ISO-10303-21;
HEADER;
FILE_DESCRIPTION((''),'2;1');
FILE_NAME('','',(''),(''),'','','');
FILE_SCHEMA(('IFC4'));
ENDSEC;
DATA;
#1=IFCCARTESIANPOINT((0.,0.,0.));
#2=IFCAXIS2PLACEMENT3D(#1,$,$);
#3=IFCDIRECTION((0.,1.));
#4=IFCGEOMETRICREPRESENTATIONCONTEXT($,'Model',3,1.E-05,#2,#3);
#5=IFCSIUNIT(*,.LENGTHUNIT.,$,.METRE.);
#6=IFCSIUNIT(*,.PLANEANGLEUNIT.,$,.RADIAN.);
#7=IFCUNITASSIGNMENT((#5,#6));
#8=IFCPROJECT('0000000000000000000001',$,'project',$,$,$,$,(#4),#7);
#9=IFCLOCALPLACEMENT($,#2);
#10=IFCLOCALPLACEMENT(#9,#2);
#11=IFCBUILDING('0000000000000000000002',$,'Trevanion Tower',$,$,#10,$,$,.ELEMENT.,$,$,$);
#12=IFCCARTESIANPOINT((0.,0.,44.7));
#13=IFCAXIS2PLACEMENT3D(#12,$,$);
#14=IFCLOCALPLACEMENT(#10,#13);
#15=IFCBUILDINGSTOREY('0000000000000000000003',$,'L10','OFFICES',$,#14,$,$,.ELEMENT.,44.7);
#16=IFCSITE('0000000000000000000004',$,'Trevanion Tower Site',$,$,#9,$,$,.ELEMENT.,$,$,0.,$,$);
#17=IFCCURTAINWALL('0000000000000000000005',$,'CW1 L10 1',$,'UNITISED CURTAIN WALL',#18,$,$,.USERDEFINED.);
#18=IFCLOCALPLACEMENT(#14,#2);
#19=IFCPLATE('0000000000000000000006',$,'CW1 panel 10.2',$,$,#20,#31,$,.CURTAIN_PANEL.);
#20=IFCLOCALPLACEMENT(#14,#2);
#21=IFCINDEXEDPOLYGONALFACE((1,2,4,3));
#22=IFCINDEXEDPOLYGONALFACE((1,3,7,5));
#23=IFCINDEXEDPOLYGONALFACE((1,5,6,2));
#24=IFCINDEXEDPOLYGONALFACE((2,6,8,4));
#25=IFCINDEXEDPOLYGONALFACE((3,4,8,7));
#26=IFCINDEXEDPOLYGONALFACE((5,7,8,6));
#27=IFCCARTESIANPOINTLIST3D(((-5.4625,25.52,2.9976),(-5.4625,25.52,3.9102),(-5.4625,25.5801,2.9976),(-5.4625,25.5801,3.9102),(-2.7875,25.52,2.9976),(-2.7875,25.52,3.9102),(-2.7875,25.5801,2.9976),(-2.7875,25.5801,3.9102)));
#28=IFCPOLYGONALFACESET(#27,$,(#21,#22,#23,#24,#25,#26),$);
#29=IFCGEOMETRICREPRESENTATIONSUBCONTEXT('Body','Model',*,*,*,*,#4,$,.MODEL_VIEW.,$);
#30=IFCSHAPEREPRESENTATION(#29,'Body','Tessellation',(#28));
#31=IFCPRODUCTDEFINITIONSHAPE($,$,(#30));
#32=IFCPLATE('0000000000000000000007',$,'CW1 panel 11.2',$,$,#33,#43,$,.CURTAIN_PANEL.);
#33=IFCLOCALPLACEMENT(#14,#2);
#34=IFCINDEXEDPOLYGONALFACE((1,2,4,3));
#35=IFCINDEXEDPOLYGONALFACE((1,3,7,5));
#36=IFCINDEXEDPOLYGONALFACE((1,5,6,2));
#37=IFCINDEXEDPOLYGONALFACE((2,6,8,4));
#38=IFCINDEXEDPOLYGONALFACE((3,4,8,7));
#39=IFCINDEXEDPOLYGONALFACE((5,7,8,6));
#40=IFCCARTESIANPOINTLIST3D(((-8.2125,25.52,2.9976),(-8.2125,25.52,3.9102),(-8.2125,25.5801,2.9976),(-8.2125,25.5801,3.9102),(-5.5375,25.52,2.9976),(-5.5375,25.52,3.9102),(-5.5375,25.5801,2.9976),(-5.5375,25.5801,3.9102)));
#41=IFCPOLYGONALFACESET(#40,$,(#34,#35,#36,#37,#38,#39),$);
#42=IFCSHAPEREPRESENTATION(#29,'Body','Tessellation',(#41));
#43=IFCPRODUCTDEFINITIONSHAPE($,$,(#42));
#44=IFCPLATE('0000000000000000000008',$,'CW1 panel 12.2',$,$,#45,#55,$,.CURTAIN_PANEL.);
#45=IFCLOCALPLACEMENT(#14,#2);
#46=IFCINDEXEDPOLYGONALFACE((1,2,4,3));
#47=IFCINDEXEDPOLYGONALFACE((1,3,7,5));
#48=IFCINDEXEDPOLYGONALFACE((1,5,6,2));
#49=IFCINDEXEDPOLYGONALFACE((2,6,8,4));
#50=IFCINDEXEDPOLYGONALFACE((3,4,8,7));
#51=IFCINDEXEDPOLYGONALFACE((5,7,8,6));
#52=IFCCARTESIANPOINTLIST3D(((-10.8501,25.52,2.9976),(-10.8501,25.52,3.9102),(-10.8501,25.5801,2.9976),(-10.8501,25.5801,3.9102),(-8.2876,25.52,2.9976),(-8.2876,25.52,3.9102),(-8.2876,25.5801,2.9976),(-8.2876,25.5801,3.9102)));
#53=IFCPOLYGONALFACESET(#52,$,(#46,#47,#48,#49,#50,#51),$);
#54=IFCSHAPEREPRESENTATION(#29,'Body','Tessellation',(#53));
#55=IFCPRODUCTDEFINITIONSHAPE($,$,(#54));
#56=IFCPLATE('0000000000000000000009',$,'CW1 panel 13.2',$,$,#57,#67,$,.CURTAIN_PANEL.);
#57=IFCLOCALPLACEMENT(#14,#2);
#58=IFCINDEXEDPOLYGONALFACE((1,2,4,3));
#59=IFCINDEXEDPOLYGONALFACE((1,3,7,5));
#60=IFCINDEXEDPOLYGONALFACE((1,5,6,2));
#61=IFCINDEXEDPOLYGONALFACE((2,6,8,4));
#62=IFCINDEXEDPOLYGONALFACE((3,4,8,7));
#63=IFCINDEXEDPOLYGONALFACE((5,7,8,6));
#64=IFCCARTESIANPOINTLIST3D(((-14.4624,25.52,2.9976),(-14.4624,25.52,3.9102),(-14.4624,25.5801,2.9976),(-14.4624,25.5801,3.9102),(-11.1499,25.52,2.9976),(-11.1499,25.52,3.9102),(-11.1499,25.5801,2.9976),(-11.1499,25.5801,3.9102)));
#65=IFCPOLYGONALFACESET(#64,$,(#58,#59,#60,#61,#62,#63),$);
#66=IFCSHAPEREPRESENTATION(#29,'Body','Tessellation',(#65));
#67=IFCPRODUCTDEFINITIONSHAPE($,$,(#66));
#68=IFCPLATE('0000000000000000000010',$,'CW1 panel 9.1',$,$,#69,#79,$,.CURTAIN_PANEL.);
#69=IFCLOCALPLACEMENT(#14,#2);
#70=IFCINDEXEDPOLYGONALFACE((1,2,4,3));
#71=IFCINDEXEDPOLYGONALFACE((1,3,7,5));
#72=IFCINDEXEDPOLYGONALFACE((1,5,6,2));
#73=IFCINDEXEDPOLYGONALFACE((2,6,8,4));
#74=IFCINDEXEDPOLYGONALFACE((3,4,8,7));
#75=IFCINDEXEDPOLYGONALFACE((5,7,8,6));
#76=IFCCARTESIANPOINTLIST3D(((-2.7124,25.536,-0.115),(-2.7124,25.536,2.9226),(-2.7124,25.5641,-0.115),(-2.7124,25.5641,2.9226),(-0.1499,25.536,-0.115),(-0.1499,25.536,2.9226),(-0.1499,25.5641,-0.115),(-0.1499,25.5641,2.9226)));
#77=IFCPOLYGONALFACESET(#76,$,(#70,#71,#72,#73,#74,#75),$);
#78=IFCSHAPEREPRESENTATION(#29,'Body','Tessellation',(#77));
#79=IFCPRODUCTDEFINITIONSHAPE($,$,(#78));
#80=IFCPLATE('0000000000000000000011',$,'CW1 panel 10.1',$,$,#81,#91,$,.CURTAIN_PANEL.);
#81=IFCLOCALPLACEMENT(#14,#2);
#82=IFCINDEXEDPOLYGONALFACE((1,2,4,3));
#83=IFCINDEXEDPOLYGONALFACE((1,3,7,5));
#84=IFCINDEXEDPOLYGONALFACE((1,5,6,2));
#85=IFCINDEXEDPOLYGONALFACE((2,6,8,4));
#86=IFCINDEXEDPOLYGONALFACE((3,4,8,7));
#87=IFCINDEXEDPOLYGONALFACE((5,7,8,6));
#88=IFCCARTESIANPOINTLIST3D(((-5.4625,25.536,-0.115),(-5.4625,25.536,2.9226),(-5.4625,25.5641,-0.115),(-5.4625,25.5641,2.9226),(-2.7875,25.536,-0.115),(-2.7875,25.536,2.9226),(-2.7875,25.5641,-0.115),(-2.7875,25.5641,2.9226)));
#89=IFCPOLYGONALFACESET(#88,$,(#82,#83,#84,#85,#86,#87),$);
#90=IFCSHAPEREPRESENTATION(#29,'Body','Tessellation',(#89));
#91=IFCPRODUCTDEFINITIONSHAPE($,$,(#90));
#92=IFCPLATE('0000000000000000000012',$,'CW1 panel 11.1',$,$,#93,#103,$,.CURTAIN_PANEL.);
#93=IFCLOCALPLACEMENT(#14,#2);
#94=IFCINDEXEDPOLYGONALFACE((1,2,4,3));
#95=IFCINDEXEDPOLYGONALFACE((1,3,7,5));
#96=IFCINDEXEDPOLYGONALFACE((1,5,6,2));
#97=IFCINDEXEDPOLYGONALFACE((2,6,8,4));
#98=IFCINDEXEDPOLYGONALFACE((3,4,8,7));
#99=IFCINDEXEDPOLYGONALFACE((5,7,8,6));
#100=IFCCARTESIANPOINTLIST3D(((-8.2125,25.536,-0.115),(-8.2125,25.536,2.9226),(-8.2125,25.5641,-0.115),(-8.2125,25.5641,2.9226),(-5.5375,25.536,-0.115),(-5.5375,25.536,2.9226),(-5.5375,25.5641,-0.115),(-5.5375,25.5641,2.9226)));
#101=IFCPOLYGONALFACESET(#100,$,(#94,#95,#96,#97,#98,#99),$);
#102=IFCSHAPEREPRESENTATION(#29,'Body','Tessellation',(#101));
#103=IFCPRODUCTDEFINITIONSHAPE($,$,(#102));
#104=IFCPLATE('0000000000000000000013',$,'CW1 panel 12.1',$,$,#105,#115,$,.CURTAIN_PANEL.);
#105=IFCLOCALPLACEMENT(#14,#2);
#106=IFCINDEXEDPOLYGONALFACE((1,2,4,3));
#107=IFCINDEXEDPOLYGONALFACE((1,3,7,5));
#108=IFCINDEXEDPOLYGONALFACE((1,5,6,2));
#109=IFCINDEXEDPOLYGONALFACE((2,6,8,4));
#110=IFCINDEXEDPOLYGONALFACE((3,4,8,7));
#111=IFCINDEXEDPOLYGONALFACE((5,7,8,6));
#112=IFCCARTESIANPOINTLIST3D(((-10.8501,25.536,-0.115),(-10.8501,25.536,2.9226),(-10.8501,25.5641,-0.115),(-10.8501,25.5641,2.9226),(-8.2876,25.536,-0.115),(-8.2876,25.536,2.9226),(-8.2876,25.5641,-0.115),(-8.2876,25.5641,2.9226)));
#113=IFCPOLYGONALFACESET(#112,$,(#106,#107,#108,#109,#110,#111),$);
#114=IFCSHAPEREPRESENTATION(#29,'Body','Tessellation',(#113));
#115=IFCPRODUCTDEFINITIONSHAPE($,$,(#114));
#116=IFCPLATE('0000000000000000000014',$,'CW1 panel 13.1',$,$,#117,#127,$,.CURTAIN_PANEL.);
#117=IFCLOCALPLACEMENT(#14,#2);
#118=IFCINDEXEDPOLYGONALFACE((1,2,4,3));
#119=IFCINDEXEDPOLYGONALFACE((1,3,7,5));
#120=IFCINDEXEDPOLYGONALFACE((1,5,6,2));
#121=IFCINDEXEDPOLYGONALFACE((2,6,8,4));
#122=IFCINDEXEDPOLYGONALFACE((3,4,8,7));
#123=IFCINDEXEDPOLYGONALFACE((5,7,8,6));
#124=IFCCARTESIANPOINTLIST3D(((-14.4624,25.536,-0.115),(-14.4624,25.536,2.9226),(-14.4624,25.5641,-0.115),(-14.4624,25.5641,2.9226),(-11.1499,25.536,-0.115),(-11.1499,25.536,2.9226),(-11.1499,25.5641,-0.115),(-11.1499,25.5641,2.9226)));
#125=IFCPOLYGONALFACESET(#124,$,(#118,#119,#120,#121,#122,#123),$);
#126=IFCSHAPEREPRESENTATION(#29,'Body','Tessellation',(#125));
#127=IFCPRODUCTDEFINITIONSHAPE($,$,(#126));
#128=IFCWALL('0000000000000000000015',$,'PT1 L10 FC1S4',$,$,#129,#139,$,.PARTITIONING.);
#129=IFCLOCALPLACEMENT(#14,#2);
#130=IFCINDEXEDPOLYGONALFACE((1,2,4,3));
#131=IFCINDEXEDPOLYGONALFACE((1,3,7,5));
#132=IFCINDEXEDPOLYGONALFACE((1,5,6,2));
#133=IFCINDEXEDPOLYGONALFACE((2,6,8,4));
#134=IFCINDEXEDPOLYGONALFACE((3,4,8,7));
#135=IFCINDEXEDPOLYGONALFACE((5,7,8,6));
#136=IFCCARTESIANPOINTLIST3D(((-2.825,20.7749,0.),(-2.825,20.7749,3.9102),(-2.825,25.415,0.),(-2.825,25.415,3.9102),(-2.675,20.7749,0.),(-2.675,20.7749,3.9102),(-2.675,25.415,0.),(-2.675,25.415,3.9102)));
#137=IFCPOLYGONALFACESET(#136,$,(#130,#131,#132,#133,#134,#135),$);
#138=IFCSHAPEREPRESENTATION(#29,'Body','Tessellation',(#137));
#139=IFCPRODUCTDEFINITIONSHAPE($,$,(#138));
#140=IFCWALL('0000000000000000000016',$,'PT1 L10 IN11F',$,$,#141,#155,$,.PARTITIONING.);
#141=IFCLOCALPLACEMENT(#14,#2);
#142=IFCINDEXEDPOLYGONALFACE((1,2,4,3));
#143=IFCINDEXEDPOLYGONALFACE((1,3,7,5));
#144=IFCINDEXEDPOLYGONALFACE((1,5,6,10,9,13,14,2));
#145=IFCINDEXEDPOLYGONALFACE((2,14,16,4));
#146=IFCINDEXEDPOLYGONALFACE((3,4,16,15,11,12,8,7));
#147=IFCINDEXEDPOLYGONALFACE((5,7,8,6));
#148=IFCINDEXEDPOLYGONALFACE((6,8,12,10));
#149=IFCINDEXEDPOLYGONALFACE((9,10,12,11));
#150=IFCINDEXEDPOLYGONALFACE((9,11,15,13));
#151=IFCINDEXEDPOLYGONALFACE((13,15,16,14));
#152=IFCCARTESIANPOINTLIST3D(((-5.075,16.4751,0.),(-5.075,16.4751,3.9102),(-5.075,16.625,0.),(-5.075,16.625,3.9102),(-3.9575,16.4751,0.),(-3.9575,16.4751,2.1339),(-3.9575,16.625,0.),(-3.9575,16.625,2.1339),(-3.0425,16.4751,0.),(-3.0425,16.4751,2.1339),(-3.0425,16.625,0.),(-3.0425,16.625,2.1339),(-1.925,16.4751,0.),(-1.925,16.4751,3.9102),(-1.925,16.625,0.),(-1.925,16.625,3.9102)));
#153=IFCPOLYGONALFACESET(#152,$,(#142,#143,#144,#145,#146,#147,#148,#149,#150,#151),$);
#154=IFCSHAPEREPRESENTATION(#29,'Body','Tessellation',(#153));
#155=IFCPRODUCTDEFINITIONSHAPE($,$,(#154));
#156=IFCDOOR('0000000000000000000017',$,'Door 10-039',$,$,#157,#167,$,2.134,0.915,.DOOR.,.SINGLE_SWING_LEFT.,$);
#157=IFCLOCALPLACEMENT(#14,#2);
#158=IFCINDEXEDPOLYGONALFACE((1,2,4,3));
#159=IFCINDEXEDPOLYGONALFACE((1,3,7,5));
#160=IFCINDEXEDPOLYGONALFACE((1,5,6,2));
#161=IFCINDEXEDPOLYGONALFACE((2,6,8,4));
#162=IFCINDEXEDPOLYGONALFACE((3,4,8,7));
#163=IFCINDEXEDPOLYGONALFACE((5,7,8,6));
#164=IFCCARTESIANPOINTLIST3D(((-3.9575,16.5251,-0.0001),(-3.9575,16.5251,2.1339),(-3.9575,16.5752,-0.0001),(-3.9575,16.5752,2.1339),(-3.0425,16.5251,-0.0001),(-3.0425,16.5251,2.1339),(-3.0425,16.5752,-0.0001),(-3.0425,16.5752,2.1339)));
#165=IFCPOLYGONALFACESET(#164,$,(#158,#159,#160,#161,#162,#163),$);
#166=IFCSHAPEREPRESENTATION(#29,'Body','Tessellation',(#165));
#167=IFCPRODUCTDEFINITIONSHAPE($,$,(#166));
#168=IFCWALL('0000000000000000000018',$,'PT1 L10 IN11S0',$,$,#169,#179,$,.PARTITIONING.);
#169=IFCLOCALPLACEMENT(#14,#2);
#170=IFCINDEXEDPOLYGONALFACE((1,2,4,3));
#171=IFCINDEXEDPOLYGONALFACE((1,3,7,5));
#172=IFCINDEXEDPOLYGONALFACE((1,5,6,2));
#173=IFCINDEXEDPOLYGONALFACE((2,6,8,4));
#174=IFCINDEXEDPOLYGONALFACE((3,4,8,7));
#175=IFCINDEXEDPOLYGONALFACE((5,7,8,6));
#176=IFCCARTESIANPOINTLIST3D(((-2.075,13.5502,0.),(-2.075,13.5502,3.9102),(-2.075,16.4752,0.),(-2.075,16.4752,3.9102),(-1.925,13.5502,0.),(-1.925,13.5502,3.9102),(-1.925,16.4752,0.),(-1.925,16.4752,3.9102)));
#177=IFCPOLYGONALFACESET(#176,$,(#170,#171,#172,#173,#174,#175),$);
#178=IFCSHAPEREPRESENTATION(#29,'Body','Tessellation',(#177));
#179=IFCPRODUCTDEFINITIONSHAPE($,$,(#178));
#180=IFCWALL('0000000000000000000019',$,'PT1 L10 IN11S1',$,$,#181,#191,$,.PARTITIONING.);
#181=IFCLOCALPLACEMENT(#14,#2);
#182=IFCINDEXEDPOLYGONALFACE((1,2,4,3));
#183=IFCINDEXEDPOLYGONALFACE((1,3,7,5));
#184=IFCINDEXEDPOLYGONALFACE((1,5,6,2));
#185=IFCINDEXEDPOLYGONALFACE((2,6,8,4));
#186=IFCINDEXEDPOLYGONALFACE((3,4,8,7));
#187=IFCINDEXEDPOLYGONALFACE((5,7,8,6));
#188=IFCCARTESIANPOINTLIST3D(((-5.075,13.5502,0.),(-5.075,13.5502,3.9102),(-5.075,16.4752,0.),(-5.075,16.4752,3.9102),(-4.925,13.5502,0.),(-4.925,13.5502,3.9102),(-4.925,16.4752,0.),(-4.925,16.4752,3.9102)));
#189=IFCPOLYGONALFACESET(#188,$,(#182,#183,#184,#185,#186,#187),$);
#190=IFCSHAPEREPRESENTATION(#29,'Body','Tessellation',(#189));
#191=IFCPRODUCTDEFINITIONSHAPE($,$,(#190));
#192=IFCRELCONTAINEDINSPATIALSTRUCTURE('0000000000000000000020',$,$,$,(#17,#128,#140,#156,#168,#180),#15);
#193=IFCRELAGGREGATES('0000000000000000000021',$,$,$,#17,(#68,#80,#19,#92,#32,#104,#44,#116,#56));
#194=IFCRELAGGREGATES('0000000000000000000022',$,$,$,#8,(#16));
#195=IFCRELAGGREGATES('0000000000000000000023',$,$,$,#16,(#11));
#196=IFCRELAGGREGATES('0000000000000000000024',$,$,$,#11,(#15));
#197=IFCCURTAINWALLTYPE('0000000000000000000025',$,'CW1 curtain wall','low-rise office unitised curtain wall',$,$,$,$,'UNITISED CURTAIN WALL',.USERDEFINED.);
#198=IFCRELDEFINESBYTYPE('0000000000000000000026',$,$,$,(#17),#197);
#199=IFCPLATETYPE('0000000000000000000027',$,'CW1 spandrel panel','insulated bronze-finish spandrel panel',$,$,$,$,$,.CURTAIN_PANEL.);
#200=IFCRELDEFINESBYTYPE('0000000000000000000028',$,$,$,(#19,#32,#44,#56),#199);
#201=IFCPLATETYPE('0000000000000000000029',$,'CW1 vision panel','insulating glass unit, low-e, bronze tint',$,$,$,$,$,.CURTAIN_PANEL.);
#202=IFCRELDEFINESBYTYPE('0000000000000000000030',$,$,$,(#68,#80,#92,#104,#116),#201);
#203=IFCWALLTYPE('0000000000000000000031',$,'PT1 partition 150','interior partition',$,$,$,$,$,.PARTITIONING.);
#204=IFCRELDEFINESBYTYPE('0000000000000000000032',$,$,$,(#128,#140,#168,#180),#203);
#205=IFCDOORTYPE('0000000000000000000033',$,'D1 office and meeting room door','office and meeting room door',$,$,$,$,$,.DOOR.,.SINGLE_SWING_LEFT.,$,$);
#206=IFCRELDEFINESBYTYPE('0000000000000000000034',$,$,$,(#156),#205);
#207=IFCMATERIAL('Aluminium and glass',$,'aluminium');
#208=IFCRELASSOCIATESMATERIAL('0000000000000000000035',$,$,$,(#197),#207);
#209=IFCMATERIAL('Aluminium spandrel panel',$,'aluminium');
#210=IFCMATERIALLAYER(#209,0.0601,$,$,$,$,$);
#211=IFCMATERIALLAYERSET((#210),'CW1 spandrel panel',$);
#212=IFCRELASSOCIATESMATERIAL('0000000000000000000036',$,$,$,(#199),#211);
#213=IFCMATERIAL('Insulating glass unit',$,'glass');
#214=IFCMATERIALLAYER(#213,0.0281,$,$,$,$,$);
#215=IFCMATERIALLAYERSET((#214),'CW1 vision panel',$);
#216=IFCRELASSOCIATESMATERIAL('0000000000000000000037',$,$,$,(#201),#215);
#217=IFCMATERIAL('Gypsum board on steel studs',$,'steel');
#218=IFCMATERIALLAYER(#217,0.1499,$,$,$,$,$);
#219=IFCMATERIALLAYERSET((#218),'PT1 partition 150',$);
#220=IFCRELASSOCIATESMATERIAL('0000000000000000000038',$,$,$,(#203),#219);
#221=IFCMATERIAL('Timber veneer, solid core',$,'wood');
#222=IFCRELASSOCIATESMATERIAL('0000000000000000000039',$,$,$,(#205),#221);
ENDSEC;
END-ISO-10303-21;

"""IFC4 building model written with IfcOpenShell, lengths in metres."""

from ifc_helpers import new_model, si_unit, direction, frame, frame_2d, origin, origin_2d, place, context, subcontext, project, spatial, rectangle, extrude, material, layer, layer_set, type_object, element, fill, aggregate, save


model = new_model("IFC4")

# Units and contexts
model_context = context("Model", 3, precision=1e-05, world=origin(), true_north=direction((0.0, 1.0)))
body_context = subcontext(model_context, "Body", "Model", "MODEL_VIEW")
ifc_project = project(units=[si_unit("LENGTHUNIT", "METRE"), si_unit("PLANEANGLEUNIT", "RADIAN")], contexts=[model_context])

# Site, building, storey
site_placement = place(None, origin())
site = spatial("IfcSite", under=ifc_project, at=site_placement, Name="Trevanion Tower Site", CompositionType="ELEMENT", RefElevation=0.0)
building_placement = place(site_placement, origin())
building = spatial("IfcBuilding", under=site, at=building_placement, Name="Trevanion Tower", CompositionType="ELEMENT")
storey_placement = place(building_placement, frame((0.0, 0.0, 44.7)))
storey = spatial("IfcBuildingStorey", under=building, at=storey_placement, Name="L10", Description="OFFICES", CompositionType="ELEMENT", Elevation=44.7)

# Curtain wall
ifc_material_1 = material(Name="Aluminium and glass", Category="aluminium")
curtain_wall_type = type_object("IfcCurtainWallType", Name="CW1 curtain wall", Description="low-rise office unitised curtain wall", ElementType="UNITISED CURTAIN WALL", PredefinedType="USERDEFINED", material=ifc_material_1)
curtain_wall_placement = place(storey_placement, origin())
curtain_wall = element("IfcCurtainWall", 1, at=curtain_wall_placement, inside=storey, type_object=curtain_wall_type, Name="CW1 L10 1", ObjectType="UNITISED CURTAIN WALL", PredefinedType="USERDEFINED")

# Plates
ifc_material_2 = material(Name="Aluminium spandrel panel", Category="aluminium")
ifc_layer_1 = layer(ifc_material_2, 0.0601)
ifc_layer_set_1 = layer_set([ifc_layer_1], Name="CW1 spandrel panel")
plate_type_1 = type_object("IfcPlateType", Name="CW1 spandrel panel", Description="insulated bronze-finish spandrel panel", PredefinedType="CURTAIN_PANEL", material=ifc_layer_set_1)
plate_1_placement = place(storey_placement, frame((-4.125, 25.55, 2.9976), z_axis=(0.0, 0.0, 1.0), x_axis=(-1.0, 0.0, 0.0)))
plate_1 = element("IfcPlate", 2, at=plate_1_placement, type_object=plate_type_1, Name="CW1 panel 10.2", PredefinedType="CURTAIN_PANEL", context=body_context, shape_type="SweptSolid", body=[
    extrude(rectangle(XDim=2.675, YDim=0.0601, at=origin_2d()), origin(), (0.0, 0.0, 1.0), 0.9126),
])
plate_2_placement = place(storey_placement, frame((-6.875, 25.55, 2.9976), z_axis=(0.0, 0.0, 1.0), x_axis=(-1.0, 0.0, 0.0)))
plate_2 = element("IfcPlate", 3, at=plate_2_placement, type_object=plate_type_1, Name="CW1 panel 11.2", PredefinedType="CURTAIN_PANEL", context=body_context, shape_type="SweptSolid", body=[
    extrude(rectangle(XDim=2.675, YDim=0.0601, at=origin_2d()), origin(), (0.0, 0.0, 1.0), 0.9126),
])
plate_3_placement = place(storey_placement, frame((-9.5688, 25.55, 2.9976), z_axis=(0.0, 0.0, 1.0), x_axis=(-1.0, 0.0, 0.0)))
plate_3 = element("IfcPlate", 4, at=plate_3_placement, type_object=plate_type_1, Name="CW1 panel 12.2", PredefinedType="CURTAIN_PANEL", context=body_context, shape_type="SweptSolid", body=[
    extrude(rectangle(XDim=2.5625, YDim=0.0601, at=origin_2d()), origin(), (0.0, 0.0, 1.0), 0.9126),
])
plate_4_placement = place(storey_placement, frame((-12.8062, 25.55, 2.9976), z_axis=(0.0, 0.0, 1.0), x_axis=(-1.0, 0.0, 0.0)))
plate_4 = element("IfcPlate", 5, at=plate_4_placement, type_object=plate_type_1, Name="CW1 panel 13.2", PredefinedType="CURTAIN_PANEL", context=body_context, shape_type="SweptSolid", body=[
    extrude(rectangle(XDim=3.3125, YDim=0.0601, at=origin_2d()), origin(), (0.0, 0.0, 1.0), 0.9126),
])
ifc_material_3 = material(Name="Insulating glass unit", Category="glass")
ifc_layer_2 = layer(ifc_material_3, 0.0281)
ifc_layer_set_2 = layer_set([ifc_layer_2], Name="CW1 vision panel")
plate_type_2 = type_object("IfcPlateType", Name="CW1 vision panel", Description="insulating glass unit, low-e, bronze tint", PredefinedType="CURTAIN_PANEL", material=ifc_layer_set_2)
plate_5_placement = place(storey_placement, frame((-1.4312, 25.55, -0.115), z_axis=(0.0, 0.0, 1.0), x_axis=(-1.0, 0.0, 0.0)))
plate_5 = element("IfcPlate", 6, at=plate_5_placement, type_object=plate_type_2, Name="CW1 panel 9.1", PredefinedType="CURTAIN_PANEL", context=body_context, shape_type="SweptSolid", body=[
    extrude(rectangle(XDim=2.5625, YDim=0.0281, at=origin_2d()), origin(), (0.0, 0.0, 1.0), 3.0376),
])
plate_6_placement = place(storey_placement, frame((-4.125, 25.55, -0.115), z_axis=(0.0, 0.0, 1.0), x_axis=(-1.0, 0.0, 0.0)))
plate_6 = element("IfcPlate", 7, at=plate_6_placement, type_object=plate_type_2, Name="CW1 panel 10.1", PredefinedType="CURTAIN_PANEL", context=body_context, shape_type="SweptSolid", body=[
    extrude(rectangle(XDim=2.675, YDim=0.0281, at=origin_2d()), origin(), (0.0, 0.0, 1.0), 3.0376),
])
plate_7_placement = place(storey_placement, frame((-6.875, 25.55, -0.115), z_axis=(0.0, 0.0, 1.0), x_axis=(-1.0, 0.0, 0.0)))
plate_7 = element("IfcPlate", 8, at=plate_7_placement, type_object=plate_type_2, Name="CW1 panel 11.1", PredefinedType="CURTAIN_PANEL", context=body_context, shape_type="SweptSolid", body=[
    extrude(rectangle(XDim=2.675, YDim=0.0281, at=origin_2d()), origin(), (0.0, 0.0, 1.0), 3.0376),
])
plate_8_placement = place(storey_placement, frame((-9.5688, 25.55, -0.115), z_axis=(0.0, 0.0, 1.0), x_axis=(-1.0, 0.0, 0.0)))
plate_8 = element("IfcPlate", 9, at=plate_8_placement, type_object=plate_type_2, Name="CW1 panel 12.1", PredefinedType="CURTAIN_PANEL", context=body_context, shape_type="SweptSolid", body=[
    extrude(rectangle(XDim=2.5625, YDim=0.0281, at=origin_2d()), origin(), (0.0, 0.0, 1.0), 3.0376),
])
plate_9_placement = place(storey_placement, frame((-12.8062, 25.55, -0.115), z_axis=(0.0, 0.0, 1.0), x_axis=(-1.0, 0.0, 0.0)))
plate_9 = element("IfcPlate", 10, at=plate_9_placement, type_object=plate_type_2, Name="CW1 panel 13.1", PredefinedType="CURTAIN_PANEL", context=body_context, shape_type="SweptSolid", body=[
    extrude(rectangle(XDim=3.3125, YDim=0.0281, at=origin_2d()), origin(), (0.0, 0.0, 1.0), 3.0376),
])
aggregate(curtain_wall, [plate_5, plate_6, plate_1, plate_7, plate_2, plate_8, plate_3, plate_9, plate_4])

# Wall
ifc_material_4 = material(Name="Gypsum board on steel studs", Category="steel")
ifc_layer_3 = layer(ifc_material_4, 0.1499)
ifc_layer_set_3 = layer_set([ifc_layer_3], Name="PT1 partition 150")
wall_type = type_object("IfcWallType", Name="PT1 partition 150", Description="interior partition", PredefinedType="PARTITIONING", material=ifc_layer_set_3)
wall_1_placement = place(storey_placement, frame((-2.75, 20.7749, 0.0), z_axis=(0.0, 0.0, 1.0), x_axis=(0.0, 1.0, 0.0)))
element("IfcWall", 11, at=wall_1_placement, inside=storey, type_object=wall_type, Name="PT1 L10 FC1S4", PredefinedType="PARTITIONING", context=body_context, shape_type="SweptSolid", body=[
    extrude(rectangle(XDim=4.6401, YDim=0.1499, at=frame_2d((2.3201, 0.0))), origin(), (0.0, 0.0, 1.0), 3.9102),
])

# Wall, opening, door
wall_2_placement = place(storey_placement, frame((-1.925, 16.55, 0.0), z_axis=(0.0, 0.0, 1.0), x_axis=(-1.0, 0.0, 0.0)))
wall_2 = element("IfcWall", 12, at=wall_2_placement, inside=storey, type_object=wall_type, Name="PT1 L10 IN11F", PredefinedType="PARTITIONING", context=body_context, shape_type="SweptSolid", body=[
    extrude(rectangle(XDim=3.1499, YDim=0.1499, at=frame_2d((1.575, 0.0))), origin(), (0.0, 0.0, 1.0), 3.9102),
])
opening_placement = place(wall_2_placement, frame((1.1174, 0.0, 0.0)))
opening = element("IfcOpeningElement", 13, at=opening_placement, cuts=wall_2, PredefinedType="OPENING", context=body_context, shape_type="SweptSolid", body=[
    extrude(rectangle(XDim=0.915, YDim=2.134, at=frame_2d((0.4575, 1.0669))), frame((0.0, 0.085, 0.0), z_axis=(0.0, -1.0, 0.0), x_axis=(1.0, 0.0, 0.0)), (0.0, 0.0, 1.0), 0.1699),
])
ifc_material_5 = material(Name="Timber veneer, solid core", Category="wood")
door_type = type_object("IfcDoorType", Name="D1 office and meeting room door", Description="office and meeting room door", OperationType="SINGLE_SWING_LEFT", PredefinedType="DOOR", material=ifc_material_5)
door_placement = place(opening_placement, origin())
door = element("IfcDoor", 14, at=door_placement, inside=storey, type_object=door_type, Name="Door 10-039", OperationType="SINGLE_SWING_LEFT", OverallHeight=2.134, OverallWidth=0.915, PredefinedType="DOOR", context=body_context, shape_type="SweptSolid", body=[
    extrude(rectangle(XDim=0.915, YDim=2.134, at=frame_2d((0.4575, 1.0669))), frame((0.0, 0.0249, 0.0), z_axis=(0.0, -1.0, 0.0), x_axis=(1.0, 0.0, 0.0)), (0.0, 0.0, 1.0), 0.05),
])
fill(opening, door)

# Walls
for number, where, z_axis, x_axis, name in (
    (15, (-2.0, 16.4751, 0.0), (0.0, 0.0, 1.0), (0.0, -1.0, 0.0), "PT1 L10 IN11S0"),
    (16, (-5.0, 16.4751, 0.0), (0.0, 0.0, 1.0), (0.0, -1.0, 0.0), "PT1 L10 IN11S1"),
):
    element("IfcWall", number, at=place(storey_placement, frame(where, z_axis=z_axis, x_axis=x_axis)), inside=storey, type_object=wall_type, Name=name, PredefinedType="PARTITIONING", context=body_context, shape_type="SweptSolid", body=[
        extrude(rectangle(XDim=2.925, YDim=0.1499, at=frame_2d((1.4624, 0.0))), origin(), (0.0, 0.0, 1.0), 3.9102),
    ])

save(model, "model.ifc")
